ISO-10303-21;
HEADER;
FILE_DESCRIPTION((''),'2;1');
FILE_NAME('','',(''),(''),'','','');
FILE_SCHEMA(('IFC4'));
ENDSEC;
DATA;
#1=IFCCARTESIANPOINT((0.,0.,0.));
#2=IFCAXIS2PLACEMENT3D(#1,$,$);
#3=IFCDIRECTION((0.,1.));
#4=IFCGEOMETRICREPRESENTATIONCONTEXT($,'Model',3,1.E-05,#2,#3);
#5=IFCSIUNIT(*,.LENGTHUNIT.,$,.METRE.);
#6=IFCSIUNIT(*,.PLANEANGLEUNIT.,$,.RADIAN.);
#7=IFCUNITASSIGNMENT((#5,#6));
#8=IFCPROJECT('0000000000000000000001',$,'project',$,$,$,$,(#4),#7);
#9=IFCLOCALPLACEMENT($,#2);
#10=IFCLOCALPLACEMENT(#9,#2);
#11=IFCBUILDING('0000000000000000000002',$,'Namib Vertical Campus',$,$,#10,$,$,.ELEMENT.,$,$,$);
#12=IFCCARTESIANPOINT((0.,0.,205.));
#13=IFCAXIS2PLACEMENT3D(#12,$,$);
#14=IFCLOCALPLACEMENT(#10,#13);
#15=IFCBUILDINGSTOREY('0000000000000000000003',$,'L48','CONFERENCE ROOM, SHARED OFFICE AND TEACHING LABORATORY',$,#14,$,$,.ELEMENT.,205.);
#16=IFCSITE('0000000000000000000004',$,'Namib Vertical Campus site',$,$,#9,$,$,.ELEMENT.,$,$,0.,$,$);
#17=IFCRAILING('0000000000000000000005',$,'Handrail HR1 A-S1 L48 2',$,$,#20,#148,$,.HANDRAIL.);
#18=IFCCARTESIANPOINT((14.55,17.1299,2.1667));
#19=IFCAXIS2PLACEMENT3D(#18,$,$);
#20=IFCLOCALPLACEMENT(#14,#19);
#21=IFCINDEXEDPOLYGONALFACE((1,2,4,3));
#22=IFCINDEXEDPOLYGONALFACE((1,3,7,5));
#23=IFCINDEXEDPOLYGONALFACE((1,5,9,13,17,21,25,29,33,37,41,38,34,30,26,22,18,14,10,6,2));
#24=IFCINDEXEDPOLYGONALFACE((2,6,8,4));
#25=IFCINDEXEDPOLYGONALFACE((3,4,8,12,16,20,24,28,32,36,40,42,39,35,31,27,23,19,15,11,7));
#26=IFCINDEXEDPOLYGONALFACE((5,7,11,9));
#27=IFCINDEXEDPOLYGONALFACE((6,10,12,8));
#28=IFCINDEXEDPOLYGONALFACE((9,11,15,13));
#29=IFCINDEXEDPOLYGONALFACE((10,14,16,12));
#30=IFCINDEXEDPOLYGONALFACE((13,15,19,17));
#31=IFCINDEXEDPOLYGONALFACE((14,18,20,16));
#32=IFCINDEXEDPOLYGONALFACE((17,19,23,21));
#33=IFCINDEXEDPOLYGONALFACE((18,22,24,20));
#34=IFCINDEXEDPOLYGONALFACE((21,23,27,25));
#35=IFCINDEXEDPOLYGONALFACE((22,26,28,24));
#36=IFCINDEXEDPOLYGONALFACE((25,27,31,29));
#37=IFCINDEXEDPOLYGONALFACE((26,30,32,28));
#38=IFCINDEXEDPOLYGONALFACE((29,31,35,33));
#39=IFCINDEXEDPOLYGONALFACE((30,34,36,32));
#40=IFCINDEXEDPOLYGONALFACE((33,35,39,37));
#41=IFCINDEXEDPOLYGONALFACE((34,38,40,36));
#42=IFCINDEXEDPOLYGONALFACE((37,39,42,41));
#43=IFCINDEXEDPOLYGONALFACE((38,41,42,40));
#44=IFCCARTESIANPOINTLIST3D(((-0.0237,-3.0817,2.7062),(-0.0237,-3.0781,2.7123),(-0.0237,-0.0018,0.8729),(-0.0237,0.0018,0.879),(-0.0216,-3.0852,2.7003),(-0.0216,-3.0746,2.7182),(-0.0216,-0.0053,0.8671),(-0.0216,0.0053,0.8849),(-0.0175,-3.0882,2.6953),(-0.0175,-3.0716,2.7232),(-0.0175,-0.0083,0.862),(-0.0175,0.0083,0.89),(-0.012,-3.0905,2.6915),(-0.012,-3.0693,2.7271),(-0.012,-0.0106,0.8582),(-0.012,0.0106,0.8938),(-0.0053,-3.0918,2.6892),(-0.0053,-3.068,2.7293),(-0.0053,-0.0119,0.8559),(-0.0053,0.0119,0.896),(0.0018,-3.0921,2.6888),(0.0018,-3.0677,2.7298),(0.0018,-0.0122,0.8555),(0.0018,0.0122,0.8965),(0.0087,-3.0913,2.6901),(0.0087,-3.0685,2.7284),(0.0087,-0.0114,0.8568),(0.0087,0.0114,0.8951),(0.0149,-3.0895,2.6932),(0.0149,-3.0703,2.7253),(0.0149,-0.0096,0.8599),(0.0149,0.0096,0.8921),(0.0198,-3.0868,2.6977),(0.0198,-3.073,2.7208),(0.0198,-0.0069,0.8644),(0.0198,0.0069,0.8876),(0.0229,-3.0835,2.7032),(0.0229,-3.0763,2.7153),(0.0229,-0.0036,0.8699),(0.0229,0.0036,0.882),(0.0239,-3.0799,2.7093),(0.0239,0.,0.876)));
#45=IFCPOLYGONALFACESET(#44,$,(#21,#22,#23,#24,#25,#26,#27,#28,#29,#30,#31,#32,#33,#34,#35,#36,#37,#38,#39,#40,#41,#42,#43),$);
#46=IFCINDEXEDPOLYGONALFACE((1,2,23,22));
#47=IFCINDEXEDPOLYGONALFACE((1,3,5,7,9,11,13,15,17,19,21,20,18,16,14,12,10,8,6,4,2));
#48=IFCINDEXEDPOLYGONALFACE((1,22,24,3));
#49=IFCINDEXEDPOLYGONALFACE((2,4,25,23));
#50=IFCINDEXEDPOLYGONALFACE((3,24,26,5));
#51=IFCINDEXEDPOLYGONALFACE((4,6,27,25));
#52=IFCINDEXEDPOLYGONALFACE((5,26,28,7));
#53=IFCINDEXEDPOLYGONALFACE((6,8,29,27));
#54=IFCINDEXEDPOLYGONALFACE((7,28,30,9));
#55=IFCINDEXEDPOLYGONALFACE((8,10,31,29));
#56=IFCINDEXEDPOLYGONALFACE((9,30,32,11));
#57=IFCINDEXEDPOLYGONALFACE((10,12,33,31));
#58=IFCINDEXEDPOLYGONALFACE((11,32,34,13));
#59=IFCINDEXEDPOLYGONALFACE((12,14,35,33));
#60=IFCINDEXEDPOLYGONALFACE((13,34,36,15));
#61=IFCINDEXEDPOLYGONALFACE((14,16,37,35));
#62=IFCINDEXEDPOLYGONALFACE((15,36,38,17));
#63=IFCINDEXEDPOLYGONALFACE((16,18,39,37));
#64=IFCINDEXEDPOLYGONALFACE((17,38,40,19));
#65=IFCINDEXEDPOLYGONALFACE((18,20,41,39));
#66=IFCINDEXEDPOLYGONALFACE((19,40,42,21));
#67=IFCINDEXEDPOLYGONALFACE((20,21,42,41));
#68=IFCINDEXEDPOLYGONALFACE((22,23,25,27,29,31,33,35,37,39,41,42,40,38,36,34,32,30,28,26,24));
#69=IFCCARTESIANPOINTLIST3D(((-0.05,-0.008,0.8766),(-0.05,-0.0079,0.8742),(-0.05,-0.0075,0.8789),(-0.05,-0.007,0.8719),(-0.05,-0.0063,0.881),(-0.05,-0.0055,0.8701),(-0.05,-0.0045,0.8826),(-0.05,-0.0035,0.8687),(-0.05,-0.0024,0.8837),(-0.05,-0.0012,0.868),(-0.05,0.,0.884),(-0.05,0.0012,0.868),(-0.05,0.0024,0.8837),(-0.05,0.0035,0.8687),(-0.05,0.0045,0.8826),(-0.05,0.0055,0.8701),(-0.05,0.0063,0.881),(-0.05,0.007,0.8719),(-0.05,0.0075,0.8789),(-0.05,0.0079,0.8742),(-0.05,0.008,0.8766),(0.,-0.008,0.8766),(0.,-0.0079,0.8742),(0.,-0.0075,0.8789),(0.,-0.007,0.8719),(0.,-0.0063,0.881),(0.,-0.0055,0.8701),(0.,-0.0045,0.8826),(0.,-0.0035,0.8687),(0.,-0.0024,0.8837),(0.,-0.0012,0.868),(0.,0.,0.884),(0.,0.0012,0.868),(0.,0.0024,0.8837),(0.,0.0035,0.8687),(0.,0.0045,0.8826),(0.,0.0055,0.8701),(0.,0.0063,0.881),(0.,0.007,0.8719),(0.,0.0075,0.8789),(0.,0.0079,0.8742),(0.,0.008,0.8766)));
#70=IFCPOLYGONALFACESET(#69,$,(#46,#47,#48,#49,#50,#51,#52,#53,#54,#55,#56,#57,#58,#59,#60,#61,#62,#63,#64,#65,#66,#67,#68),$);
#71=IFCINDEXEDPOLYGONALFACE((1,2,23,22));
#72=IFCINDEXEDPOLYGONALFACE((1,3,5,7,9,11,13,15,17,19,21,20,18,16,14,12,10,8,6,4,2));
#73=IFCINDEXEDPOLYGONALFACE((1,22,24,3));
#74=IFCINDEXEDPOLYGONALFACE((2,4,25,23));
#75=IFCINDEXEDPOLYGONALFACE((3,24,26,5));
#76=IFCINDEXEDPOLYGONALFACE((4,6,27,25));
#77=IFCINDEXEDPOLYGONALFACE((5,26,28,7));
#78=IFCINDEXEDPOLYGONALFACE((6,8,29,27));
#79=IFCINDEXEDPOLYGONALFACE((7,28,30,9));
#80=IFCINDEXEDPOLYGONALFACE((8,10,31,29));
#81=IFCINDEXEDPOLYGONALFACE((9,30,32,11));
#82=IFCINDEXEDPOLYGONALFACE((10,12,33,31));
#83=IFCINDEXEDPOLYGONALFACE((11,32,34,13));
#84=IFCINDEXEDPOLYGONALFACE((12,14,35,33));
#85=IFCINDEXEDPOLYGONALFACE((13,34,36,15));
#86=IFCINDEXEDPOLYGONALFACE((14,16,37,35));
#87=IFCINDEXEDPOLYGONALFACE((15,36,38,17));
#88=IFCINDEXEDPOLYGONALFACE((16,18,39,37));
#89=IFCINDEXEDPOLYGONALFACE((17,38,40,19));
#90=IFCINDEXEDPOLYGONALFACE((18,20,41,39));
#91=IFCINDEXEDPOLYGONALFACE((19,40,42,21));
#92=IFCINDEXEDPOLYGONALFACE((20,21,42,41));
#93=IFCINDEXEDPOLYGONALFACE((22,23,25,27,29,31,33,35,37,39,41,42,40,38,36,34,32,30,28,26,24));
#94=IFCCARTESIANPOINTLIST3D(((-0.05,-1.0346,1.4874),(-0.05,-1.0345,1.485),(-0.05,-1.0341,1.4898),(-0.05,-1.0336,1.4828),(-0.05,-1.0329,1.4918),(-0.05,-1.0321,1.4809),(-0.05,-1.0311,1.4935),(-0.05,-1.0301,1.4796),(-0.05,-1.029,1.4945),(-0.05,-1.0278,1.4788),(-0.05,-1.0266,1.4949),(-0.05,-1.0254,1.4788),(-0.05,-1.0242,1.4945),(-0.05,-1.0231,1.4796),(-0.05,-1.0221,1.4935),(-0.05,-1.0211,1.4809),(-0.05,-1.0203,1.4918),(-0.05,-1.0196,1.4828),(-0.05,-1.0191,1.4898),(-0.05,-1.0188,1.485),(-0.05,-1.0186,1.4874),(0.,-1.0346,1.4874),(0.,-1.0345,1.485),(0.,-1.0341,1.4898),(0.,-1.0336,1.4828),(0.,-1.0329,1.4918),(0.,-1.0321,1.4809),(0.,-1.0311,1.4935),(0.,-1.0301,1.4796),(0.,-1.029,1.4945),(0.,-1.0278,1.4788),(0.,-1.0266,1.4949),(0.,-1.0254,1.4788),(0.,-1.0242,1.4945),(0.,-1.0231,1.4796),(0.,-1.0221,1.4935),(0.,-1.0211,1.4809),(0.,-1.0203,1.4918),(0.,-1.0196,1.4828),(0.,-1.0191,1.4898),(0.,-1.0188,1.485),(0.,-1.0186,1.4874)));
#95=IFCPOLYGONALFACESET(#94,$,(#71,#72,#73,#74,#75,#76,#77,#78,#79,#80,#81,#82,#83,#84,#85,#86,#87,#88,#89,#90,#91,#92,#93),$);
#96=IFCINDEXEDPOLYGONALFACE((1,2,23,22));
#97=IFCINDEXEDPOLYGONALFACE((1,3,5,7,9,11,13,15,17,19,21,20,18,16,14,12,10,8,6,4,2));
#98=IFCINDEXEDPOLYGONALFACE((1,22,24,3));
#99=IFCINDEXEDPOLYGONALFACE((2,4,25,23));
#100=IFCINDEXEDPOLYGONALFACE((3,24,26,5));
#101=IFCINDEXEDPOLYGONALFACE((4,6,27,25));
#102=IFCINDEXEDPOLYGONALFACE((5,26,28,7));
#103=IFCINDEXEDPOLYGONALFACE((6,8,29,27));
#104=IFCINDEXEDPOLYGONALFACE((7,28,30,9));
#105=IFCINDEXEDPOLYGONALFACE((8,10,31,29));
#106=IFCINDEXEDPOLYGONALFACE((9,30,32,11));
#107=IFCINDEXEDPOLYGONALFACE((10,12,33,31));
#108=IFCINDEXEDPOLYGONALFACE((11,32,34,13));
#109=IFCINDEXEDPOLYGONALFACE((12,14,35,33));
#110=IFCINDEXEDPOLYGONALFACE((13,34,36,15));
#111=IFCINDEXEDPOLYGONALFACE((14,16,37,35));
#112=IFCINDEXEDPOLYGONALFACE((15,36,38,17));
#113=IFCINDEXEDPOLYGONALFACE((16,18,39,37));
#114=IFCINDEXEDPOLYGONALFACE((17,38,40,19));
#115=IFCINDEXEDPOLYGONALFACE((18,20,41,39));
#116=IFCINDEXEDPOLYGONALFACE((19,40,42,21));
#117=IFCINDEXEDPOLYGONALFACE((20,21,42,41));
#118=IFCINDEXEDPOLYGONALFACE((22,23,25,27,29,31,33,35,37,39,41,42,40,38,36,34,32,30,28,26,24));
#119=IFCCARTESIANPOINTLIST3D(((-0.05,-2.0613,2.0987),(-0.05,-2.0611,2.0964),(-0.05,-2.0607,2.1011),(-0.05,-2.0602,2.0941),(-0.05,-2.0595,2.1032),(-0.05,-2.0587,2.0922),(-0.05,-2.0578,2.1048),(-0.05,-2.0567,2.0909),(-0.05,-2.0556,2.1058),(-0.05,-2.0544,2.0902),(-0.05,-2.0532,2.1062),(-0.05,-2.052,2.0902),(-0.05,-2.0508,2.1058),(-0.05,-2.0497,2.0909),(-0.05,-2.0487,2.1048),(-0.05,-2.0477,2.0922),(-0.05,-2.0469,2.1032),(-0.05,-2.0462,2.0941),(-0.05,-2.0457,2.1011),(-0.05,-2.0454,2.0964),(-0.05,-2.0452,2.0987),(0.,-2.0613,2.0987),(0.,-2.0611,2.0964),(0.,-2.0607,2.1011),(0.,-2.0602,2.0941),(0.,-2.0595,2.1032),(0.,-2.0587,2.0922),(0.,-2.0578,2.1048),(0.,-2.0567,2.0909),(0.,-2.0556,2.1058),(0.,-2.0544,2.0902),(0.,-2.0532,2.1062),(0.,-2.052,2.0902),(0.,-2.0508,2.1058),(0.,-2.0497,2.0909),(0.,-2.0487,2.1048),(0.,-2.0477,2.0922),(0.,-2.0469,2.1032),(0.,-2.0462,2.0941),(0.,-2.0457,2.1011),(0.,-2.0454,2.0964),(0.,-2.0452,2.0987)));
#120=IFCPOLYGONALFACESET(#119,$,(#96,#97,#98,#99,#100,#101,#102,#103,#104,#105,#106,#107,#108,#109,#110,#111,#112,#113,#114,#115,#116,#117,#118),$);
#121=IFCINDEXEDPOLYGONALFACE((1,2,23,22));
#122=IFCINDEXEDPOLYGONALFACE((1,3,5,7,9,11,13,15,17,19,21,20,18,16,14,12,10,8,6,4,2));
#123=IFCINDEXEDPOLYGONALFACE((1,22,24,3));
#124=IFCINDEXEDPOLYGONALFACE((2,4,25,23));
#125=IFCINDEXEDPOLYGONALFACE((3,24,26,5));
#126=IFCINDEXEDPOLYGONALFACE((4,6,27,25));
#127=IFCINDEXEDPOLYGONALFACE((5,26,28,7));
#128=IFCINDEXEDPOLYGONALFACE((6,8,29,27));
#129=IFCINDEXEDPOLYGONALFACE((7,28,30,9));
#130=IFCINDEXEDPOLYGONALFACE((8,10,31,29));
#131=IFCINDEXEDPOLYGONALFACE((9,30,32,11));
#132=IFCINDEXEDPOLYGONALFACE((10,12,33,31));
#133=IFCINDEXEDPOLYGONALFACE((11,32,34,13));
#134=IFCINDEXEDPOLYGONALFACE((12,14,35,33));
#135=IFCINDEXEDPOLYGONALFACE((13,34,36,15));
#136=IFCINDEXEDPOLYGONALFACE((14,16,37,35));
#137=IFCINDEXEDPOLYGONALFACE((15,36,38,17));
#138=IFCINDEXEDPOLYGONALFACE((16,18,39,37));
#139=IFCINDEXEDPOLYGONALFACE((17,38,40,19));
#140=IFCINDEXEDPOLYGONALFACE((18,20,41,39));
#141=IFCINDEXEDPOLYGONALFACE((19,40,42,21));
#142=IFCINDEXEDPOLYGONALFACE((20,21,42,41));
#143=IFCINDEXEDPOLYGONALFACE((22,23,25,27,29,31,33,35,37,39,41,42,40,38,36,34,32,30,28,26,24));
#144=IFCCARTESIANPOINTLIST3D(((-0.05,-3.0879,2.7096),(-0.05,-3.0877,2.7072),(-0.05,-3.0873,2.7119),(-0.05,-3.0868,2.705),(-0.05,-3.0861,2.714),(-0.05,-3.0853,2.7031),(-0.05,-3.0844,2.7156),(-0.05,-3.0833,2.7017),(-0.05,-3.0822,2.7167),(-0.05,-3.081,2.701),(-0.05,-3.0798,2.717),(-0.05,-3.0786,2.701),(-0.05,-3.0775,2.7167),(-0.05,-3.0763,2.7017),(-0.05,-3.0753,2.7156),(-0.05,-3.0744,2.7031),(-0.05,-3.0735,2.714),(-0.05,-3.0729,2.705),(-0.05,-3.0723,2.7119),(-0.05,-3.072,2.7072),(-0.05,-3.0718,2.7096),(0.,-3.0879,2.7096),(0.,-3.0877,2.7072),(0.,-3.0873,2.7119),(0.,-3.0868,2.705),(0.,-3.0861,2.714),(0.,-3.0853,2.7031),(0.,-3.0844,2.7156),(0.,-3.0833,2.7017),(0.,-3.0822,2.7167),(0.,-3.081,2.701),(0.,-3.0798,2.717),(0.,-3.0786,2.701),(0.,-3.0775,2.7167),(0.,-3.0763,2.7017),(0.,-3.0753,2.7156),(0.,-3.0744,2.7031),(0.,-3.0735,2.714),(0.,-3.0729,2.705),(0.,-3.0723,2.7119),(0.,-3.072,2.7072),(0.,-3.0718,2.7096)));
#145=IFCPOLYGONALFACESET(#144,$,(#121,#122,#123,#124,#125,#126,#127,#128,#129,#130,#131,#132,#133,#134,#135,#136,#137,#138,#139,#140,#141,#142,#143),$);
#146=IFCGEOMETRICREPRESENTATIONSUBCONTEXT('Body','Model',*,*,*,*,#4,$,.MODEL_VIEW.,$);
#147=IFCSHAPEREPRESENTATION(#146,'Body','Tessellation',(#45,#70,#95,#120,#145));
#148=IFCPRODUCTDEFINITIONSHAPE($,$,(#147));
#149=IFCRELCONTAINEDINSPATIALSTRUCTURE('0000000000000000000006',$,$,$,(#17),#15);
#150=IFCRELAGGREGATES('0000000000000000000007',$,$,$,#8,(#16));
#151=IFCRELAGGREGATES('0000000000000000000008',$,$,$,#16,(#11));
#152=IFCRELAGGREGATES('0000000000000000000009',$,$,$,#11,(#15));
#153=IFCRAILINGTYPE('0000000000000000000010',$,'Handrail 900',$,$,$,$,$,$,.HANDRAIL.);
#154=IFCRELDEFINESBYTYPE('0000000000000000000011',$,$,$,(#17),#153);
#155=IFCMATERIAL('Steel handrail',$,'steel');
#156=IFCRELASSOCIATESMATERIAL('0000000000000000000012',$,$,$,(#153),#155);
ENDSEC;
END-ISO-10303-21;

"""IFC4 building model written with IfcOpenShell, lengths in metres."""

from ifc_helpers import new_model, si_unit, direction, frame, origin, origin_2d, place, context, subcontext, project, spatial, circle, extrude, material, type_object, element, save


model = new_model("IFC4")

# Units and contexts
model_context = context("Model", 3, precision=1e-05, world=origin(), true_north=direction((0.0, 1.0)))
body_context = subcontext(model_context, "Body", "Model", "MODEL_VIEW")
ifc_project = project(units=[si_unit("LENGTHUNIT", "METRE"), si_unit("PLANEANGLEUNIT", "RADIAN")], contexts=[model_context])

# Site, building, storey
site_placement = place(None, origin())
site = spatial("IfcSite", under=ifc_project, at=site_placement, Name="Namib Vertical Campus site", CompositionType="ELEMENT", RefElevation=0.0)
building_placement = place(site_placement, origin())
building = spatial("IfcBuilding", under=site, at=building_placement, Name="Namib Vertical Campus", CompositionType="ELEMENT")
storey_placement = place(building_placement, frame((0.0, 0.0, 205.0)))
storey = spatial("IfcBuildingStorey", under=building, at=storey_placement, Name="L48", Description="CONFERENCE ROOM, SHARED OFFICE AND TEACHING LABORATORY", CompositionType="ELEMENT", Elevation=205.0)

# Railing
ifc_material_1 = material(Name="Steel handrail", Category="steel")
railing_type = type_object("IfcRailingType", Name="Handrail 900", PredefinedType="HANDRAIL", material=ifc_material_1)
railing_placement = place(storey_placement, frame((14.55, 17.1299, 2.1667)))
element("IfcRailing", 1, at=railing_placement, inside=storey, type_object=railing_type, Name="Handrail HR1 A-S1 L48 2", PredefinedType="HANDRAIL", context=body_context, shape_type="SweptSolid", body=[
    extrude(circle(Radius=0.0239, at=origin_2d()), frame((0.0, 0.0, 0.876), z_axis=(0.0, -0.859291, 0.511487), x_axis=(1.0, 0.0, 0.0)), (0.0, 0.0, 1.0), 3.5842),
    extrude(circle(Radius=0.0081, at=origin_2d()), frame((0.0, 0.0, 0.876), z_axis=(-1.0, 0.0, 0.0), x_axis=(0.0, 0.0, 1.0)), (0.0, 0.0, 1.0), 0.05),
    extrude(circle(Radius=0.0081, at=origin_2d()), frame((0.0, -1.0266, 1.4868), z_axis=(-1.0, 0.0, 0.0), x_axis=(0.0, 0.0, 1.0)), (0.0, 0.0, 1.0), 0.05),
    extrude(circle(Radius=0.0081, at=origin_2d()), frame((0.0, -2.0532, 2.0981), z_axis=(-1.0, 0.0, 0.0), x_axis=(0.0, 0.0, 1.0)), (0.0, 0.0, 1.0), 0.05),
    extrude(circle(Radius=0.0081, at=origin_2d()), frame((0.0, -3.0798, 2.709), z_axis=(-1.0, 0.0, 0.0), x_axis=(0.0, 0.0, 1.0)), (0.0, 0.0, 1.0), 0.05),
])

save(model, "model.ifc")
